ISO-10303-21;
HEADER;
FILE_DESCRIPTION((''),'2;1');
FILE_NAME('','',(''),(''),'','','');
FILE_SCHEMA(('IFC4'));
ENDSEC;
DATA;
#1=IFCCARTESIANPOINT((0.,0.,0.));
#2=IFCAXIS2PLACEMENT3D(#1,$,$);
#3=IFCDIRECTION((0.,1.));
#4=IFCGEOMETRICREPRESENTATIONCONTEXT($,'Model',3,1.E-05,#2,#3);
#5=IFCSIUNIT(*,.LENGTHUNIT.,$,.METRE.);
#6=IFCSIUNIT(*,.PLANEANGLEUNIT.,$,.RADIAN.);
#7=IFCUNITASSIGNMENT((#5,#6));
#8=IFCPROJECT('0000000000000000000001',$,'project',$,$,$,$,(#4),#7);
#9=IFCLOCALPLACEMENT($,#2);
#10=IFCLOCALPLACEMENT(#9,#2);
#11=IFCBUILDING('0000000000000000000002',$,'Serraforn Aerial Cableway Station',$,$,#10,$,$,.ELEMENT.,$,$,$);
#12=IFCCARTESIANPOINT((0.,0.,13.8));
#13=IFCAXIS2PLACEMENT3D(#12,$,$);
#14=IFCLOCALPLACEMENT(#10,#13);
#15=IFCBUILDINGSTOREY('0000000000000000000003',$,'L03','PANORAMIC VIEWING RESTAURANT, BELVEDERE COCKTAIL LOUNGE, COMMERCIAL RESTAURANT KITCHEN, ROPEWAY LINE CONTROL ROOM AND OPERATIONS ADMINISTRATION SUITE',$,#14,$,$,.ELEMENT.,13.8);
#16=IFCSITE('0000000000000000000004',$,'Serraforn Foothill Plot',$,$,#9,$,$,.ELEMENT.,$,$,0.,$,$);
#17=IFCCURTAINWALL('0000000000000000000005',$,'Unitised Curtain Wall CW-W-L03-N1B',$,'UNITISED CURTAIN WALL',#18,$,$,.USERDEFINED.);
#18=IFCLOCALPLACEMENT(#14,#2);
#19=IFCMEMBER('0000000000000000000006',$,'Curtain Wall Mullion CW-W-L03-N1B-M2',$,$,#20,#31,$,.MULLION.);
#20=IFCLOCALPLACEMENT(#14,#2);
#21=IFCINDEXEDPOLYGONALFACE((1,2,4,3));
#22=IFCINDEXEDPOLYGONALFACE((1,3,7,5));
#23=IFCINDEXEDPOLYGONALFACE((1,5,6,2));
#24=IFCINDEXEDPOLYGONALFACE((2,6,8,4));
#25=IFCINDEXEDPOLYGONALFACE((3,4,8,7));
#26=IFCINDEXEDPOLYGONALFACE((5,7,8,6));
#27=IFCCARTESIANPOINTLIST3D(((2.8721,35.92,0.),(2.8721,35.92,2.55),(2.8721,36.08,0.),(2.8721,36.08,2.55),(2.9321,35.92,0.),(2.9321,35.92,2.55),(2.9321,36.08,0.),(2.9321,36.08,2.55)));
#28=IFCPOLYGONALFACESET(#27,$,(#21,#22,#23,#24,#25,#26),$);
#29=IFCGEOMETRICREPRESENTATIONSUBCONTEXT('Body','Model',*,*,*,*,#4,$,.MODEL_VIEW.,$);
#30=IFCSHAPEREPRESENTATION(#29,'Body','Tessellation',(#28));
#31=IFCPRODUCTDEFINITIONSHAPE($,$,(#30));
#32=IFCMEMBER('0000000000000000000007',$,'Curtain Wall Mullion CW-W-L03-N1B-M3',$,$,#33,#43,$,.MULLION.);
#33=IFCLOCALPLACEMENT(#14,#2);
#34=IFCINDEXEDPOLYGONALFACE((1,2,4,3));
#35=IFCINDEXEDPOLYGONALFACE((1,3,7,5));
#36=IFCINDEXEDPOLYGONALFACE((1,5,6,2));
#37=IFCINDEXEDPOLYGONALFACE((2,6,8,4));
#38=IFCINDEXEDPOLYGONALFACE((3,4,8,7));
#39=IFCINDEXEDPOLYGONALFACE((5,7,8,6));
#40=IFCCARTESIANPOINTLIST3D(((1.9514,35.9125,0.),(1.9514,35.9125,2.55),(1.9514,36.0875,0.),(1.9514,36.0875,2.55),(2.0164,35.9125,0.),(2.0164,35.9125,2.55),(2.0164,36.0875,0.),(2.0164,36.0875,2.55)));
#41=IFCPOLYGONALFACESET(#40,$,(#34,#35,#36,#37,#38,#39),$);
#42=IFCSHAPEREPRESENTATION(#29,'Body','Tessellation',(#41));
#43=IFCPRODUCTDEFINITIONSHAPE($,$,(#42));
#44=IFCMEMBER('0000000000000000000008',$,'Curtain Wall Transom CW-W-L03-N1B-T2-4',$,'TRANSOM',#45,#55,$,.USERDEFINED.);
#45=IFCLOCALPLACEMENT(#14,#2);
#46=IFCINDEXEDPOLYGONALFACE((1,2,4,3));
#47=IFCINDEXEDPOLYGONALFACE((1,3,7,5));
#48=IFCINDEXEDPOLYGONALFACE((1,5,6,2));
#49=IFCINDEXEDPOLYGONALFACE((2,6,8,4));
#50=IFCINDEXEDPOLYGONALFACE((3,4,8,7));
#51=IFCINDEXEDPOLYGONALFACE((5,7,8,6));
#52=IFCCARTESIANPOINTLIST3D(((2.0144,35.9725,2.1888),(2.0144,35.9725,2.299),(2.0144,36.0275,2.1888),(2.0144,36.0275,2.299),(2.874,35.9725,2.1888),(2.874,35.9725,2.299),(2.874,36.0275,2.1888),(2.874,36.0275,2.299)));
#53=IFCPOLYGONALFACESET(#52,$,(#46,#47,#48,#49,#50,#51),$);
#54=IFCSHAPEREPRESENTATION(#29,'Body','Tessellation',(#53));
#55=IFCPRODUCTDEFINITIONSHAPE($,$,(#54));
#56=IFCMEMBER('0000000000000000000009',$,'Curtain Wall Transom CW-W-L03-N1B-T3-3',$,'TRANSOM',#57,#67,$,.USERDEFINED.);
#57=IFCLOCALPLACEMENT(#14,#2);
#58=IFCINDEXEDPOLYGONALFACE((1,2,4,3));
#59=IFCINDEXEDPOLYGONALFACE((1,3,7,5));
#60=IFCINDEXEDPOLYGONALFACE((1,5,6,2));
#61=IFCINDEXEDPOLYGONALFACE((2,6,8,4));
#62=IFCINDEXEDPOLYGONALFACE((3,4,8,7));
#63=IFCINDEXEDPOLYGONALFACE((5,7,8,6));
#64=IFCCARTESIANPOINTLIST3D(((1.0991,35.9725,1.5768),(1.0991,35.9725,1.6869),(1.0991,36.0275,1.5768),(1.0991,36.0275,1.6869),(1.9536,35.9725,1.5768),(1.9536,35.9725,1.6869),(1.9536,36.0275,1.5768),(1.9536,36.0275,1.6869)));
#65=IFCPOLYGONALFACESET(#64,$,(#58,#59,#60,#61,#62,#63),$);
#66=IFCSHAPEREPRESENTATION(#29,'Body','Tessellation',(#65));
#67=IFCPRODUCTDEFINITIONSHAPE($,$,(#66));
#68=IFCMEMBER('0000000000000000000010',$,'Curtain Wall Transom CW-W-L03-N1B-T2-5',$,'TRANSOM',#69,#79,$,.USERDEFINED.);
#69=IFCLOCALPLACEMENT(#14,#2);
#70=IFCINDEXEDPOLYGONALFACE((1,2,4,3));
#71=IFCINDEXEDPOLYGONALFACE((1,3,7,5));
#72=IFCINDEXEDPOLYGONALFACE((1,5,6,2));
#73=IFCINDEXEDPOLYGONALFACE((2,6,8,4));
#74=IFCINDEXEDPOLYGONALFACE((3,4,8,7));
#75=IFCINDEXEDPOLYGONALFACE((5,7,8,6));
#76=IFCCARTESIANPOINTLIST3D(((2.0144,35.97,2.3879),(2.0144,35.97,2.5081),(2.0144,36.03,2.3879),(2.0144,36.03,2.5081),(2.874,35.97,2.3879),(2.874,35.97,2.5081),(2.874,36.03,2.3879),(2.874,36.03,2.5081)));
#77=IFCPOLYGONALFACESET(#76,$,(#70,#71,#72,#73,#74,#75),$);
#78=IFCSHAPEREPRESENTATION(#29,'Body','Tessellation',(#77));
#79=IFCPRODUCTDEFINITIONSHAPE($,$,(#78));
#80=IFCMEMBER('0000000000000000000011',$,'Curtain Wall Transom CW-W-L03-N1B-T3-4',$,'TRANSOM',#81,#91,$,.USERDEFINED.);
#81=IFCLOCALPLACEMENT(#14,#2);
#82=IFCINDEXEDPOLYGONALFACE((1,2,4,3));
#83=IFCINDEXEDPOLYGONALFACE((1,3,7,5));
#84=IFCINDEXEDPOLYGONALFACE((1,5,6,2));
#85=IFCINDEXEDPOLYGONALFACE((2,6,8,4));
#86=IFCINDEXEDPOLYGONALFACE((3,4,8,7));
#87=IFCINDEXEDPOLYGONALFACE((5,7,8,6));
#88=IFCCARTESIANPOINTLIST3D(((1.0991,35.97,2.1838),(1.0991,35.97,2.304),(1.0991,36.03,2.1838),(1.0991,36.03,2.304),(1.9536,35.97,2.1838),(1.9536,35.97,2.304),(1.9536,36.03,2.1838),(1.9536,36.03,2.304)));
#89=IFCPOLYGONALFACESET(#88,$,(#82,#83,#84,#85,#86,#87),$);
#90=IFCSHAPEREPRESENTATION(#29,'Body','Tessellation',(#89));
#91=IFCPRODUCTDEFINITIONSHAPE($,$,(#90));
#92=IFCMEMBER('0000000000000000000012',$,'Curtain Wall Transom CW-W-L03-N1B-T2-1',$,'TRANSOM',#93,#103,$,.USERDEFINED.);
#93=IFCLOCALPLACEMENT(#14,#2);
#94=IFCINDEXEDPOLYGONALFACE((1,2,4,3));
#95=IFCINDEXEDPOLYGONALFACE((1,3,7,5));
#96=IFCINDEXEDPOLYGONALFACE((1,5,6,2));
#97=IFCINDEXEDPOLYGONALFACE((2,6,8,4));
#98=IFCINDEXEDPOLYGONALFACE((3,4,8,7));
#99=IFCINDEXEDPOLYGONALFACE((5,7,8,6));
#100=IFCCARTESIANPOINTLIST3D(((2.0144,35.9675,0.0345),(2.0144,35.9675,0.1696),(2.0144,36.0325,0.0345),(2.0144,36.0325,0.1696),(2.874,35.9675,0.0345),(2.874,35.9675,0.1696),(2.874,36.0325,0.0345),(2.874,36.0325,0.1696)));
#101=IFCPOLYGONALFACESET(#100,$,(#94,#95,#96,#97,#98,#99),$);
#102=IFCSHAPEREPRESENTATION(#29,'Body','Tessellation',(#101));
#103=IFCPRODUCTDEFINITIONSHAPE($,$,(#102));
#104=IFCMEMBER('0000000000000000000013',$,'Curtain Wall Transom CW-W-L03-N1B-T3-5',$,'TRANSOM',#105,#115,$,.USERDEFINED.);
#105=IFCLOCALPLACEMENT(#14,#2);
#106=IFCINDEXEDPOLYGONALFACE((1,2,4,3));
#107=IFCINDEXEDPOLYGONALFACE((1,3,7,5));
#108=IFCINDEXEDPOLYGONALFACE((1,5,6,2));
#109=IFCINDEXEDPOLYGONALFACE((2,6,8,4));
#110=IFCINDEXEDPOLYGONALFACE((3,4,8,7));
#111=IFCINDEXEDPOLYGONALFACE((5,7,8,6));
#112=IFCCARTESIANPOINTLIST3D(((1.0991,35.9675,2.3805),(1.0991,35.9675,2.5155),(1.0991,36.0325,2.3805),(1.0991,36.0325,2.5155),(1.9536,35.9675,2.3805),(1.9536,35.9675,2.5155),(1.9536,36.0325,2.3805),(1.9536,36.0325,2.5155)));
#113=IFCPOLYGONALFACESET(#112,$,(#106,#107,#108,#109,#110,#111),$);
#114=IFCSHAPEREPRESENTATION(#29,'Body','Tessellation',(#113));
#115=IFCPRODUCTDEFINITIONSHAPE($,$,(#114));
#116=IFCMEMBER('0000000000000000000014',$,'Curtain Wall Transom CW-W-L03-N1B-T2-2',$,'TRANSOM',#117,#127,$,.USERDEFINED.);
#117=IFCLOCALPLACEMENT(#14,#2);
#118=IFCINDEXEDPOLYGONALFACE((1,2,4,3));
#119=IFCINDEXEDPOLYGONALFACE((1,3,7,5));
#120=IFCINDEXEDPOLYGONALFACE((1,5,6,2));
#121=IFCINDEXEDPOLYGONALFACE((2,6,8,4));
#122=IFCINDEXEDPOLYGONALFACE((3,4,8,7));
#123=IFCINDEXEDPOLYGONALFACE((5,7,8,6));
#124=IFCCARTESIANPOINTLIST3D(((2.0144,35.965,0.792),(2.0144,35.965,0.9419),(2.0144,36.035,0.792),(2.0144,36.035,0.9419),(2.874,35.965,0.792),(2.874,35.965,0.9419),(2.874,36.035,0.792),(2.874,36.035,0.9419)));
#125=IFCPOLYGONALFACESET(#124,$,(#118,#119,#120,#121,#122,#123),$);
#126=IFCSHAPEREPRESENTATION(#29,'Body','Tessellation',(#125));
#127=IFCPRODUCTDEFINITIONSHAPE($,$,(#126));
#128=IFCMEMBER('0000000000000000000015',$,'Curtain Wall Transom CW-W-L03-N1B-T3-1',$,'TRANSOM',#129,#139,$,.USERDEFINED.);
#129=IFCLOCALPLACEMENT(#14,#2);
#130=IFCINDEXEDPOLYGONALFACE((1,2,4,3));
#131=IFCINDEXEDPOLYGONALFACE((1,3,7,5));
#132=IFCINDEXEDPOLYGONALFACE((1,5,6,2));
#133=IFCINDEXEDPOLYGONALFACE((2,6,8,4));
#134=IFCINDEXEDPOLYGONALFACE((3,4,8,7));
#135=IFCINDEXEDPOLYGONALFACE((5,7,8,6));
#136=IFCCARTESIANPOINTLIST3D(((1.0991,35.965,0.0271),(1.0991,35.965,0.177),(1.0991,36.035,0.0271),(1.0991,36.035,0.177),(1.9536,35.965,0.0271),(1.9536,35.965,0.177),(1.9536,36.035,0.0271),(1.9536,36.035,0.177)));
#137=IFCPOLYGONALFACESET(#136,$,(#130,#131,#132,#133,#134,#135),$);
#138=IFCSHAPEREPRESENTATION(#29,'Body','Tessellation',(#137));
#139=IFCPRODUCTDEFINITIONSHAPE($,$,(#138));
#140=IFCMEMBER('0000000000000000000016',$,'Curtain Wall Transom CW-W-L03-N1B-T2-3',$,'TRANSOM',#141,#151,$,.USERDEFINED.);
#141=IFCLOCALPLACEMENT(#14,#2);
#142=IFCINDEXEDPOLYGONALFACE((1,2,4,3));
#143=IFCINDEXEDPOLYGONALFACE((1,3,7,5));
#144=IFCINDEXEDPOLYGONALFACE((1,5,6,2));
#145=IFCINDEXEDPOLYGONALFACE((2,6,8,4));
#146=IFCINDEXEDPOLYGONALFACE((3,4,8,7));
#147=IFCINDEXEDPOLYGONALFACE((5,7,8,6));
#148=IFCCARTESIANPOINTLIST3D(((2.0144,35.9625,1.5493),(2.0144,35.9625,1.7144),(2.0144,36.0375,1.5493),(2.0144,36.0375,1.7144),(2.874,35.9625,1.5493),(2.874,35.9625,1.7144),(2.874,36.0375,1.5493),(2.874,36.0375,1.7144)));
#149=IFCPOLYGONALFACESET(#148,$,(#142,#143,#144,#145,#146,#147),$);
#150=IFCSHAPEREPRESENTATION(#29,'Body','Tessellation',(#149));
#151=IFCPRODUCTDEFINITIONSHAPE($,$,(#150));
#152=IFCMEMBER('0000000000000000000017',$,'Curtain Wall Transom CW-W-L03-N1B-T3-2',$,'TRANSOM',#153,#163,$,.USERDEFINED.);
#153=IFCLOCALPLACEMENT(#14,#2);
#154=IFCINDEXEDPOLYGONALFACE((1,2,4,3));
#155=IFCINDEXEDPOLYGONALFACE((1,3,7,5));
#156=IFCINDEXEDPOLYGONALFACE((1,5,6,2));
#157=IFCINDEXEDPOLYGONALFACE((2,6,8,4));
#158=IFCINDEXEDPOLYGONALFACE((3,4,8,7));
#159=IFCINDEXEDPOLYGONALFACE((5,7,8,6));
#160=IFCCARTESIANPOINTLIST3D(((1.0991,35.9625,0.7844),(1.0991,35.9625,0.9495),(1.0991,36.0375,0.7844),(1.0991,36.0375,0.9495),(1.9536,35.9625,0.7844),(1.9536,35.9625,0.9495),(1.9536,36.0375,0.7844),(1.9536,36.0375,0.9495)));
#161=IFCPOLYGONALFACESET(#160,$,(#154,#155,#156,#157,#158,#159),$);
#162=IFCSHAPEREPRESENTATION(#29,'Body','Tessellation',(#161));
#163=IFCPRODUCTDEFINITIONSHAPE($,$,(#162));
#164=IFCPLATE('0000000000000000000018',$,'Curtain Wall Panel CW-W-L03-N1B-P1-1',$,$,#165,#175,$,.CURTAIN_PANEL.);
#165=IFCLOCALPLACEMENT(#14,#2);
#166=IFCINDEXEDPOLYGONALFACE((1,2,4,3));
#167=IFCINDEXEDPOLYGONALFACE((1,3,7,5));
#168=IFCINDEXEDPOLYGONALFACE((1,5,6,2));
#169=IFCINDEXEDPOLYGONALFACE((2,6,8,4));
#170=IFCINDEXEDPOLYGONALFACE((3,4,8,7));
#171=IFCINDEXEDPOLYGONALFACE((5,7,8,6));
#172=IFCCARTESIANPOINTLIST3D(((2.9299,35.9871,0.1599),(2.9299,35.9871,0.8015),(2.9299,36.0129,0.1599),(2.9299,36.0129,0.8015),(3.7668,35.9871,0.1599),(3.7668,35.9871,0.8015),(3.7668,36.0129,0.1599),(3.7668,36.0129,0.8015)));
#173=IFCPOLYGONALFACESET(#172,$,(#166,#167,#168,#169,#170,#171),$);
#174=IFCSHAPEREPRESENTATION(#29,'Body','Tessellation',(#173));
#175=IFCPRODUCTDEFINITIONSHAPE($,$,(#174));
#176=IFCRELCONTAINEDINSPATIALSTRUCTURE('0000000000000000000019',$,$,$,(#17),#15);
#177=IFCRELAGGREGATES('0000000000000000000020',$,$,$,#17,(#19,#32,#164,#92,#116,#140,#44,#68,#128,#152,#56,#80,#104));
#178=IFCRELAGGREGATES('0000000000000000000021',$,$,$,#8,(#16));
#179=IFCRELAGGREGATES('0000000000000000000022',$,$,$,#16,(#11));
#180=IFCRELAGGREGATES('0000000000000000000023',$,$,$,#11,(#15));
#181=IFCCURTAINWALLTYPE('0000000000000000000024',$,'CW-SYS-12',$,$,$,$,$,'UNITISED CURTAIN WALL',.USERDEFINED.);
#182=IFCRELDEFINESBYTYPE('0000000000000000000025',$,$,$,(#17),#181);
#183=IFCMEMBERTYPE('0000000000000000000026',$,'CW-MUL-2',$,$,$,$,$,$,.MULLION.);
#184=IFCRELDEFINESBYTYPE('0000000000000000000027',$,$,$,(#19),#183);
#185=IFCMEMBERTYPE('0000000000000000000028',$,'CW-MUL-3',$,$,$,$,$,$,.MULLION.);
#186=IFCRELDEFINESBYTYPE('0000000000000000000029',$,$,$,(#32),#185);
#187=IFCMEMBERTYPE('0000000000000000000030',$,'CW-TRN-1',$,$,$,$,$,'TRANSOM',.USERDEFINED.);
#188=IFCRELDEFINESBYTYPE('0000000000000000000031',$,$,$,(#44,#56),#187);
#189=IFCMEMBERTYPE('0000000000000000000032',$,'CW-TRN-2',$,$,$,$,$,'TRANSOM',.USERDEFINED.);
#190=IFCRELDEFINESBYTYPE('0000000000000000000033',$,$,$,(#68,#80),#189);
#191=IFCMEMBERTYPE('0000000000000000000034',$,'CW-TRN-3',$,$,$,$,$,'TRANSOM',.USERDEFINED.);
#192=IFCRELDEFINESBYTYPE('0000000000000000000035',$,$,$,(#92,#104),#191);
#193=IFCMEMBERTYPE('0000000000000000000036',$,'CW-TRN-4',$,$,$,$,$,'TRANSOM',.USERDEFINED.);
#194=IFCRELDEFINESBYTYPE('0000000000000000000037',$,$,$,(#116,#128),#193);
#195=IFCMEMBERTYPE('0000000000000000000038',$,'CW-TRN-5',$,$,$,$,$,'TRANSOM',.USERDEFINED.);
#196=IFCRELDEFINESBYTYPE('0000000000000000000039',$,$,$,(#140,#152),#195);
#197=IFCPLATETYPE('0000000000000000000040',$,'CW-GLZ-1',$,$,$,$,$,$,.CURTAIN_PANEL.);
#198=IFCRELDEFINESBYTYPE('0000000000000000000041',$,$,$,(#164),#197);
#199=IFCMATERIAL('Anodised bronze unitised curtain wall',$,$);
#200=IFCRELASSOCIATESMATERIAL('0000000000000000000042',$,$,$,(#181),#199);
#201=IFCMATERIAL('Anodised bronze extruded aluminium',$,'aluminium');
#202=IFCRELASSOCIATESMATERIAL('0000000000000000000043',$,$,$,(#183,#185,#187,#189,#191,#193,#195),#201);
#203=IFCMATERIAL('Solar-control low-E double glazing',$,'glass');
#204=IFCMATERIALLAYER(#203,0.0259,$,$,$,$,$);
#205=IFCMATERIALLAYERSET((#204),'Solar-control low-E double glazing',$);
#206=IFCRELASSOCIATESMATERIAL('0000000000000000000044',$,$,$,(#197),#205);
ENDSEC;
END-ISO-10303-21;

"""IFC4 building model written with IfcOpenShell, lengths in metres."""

from ifc_helpers import new_model, si_unit, direction, frame, origin, origin_2d, place, context, subcontext, project, spatial, rectangle, extrude, material, layer, layer_set, material_profile, profile_set, type_object, element, aggregate, save


model = new_model("IFC4")

# Units and contexts
model_context = context("Model", 3, precision=1e-05, world=origin(), true_north=direction((0.0, 1.0)))
body_context = subcontext(model_context, "Body", "Model", "MODEL_VIEW")
ifc_project = project(units=[si_unit("LENGTHUNIT", "METRE"), si_unit("PLANEANGLEUNIT", "RADIAN")], contexts=[model_context])

# Site, building, storey
site_placement = place(None, origin())
site = spatial("IfcSite", under=ifc_project, at=site_placement, Name="Serraforn Foothill Plot", CompositionType="ELEMENT", RefElevation=0.0)
building_placement = place(site_placement, origin())
building = spatial("IfcBuilding", under=site, at=building_placement, Name="Serraforn Aerial Cableway Station", CompositionType="ELEMENT")
storey_placement = place(building_placement, frame((0.0, 0.0, 13.8)))
storey = spatial("IfcBuildingStorey", under=building, at=storey_placement, Name="L03", Description="PANORAMIC VIEWING RESTAURANT, BELVEDERE COCKTAIL LOUNGE, COMMERCIAL RESTAURANT KITCHEN, ROPEWAY LINE CONTROL ROOM AND OPERATIONS ADMINISTRATION SUITE", CompositionType="ELEMENT", Elevation=13.8)

# Curtain wall, members, plate
ifc_material_1 = material(Name="Anodised bronze unitised curtain wall")
curtain_wall_type = type_object("IfcCurtainWallType", Name="CW-SYS-12", ElementType="UNITISED CURTAIN WALL", PredefinedType="USERDEFINED", material=ifc_material_1)
curtain_wall_placement = place(storey_placement, origin())
curtain_wall = element("IfcCurtainWall", 1, at=curtain_wall_placement, inside=storey, type_object=curtain_wall_type, Name="Unitised Curtain Wall CW-W-L03-N1B", ObjectType="UNITISED CURTAIN WALL", PredefinedType="USERDEFINED")
ifc_material_2 = material(Name="Anodised bronze extruded aluminium", Category="aluminium")
ifc_material_profile_1 = material_profile(ifc_material_2, rectangle(XDim=0.0601, YDim=0.1599, at=origin_2d()), Name="CW MULLION 60x160")
ifc_profile_set_1 = profile_set([ifc_material_profile_1], Name="Anodised bronze extruded aluminium")
member_type_1 = type_object("IfcMemberType", Name="CW-MUL-2", PredefinedType="MULLION", material=ifc_profile_set_1)
member_1_placement = place(storey_placement, frame((2.9021, 36.0, 0.0), z_axis=(0.0, 0.0, 1.0), x_axis=(-1.0, 0.0, 0.0)))
member_1 = element("IfcMember", 2, at=member_1_placement, type_object=member_type_1, Name="Curtain Wall Mullion CW-W-L03-N1B-M2", PredefinedType="MULLION", context=body_context, shape_type="SweptSolid", body=[
    extrude(rectangle(XDim=0.0601, YDim=0.1599, at=origin_2d()), origin(), (0.0, 0.0, 1.0), 2.55),
])
ifc_material_profile_2 = material_profile(ifc_material_2, rectangle(XDim=0.0649, YDim=0.175, at=origin_2d()), Name="CW MULLION 65x175")
ifc_profile_set_2 = profile_set([ifc_material_profile_2], Name="Anodised bronze extruded aluminium")
member_type_2 = type_object("IfcMemberType", Name="CW-MUL-3", PredefinedType="MULLION", material=ifc_profile_set_2)
member_2_placement = place(storey_placement, frame((1.9839, 36.0, 0.0), z_axis=(0.0, 0.0, 1.0), x_axis=(-1.0, 0.0, 0.0)))
member_2 = element("IfcMember", 3, at=member_2_placement, type_object=member_type_2, Name="Curtain Wall Mullion CW-W-L03-N1B-M3", PredefinedType="MULLION", context=body_context, shape_type="SweptSolid", body=[
    extrude(rectangle(XDim=0.0649, YDim=0.175, at=origin_2d()), origin(), (0.0, 0.0, 1.0), 2.55),
])
ifc_material_profile_3 = material_profile(ifc_material_2, rectangle(XDim=0.0549, YDim=0.1101, at=origin_2d()), Name="CW TRANSOM 55x110")
ifc_profile_set_3 = profile_set([ifc_material_profile_3], Name="Anodised bronze extruded aluminium")
member_type_3 = type_object("IfcMemberType", Name="CW-TRN-1", ElementType="TRANSOM", PredefinedType="USERDEFINED", material=ifc_profile_set_3)
member_3_placement = place(storey_placement, frame((2.874, 36.0, 2.2439), z_axis=(-1.0, 0.0, 0.0), x_axis=(0.0, -1.0, 0.0)))
member_3 = element("IfcMember", 4, at=member_3_placement, type_object=member_type_3, Name="Curtain Wall Transom CW-W-L03-N1B-T2-4", ObjectType="TRANSOM", PredefinedType="USERDEFINED", context=body_context, shape_type="SweptSolid", body=[
    extrude(rectangle(XDim=0.0549, YDim=0.1101, at=origin_2d()), origin(), (0.0, 0.0, 1.0), 0.8596),
])
member_4_placement = place(storey_placement, frame((1.9536, 36.0, 1.6318), z_axis=(-1.0, 0.0, 0.0), x_axis=(0.0, -1.0, 0.0)))
member_4 = element("IfcMember", 5, at=member_4_placement, type_object=member_type_3, Name="Curtain Wall Transom CW-W-L03-N1B-T3-3", ObjectType="TRANSOM", PredefinedType="USERDEFINED", context=body_context, shape_type="SweptSolid", body=[
    extrude(rectangle(XDim=0.0549, YDim=0.1101, at=origin_2d()), origin(), (0.0, 0.0, 1.0), 0.8545),
])
ifc_material_profile_4 = material_profile(ifc_material_2, rectangle(XDim=0.0601, YDim=0.1201, at=origin_2d()), Name="CW TRANSOM 60x120")
ifc_profile_set_4 = profile_set([ifc_material_profile_4], Name="Anodised bronze extruded aluminium")
member_type_4 = type_object("IfcMemberType", Name="CW-TRN-2", ElementType="TRANSOM", PredefinedType="USERDEFINED", material=ifc_profile_set_4)
member_5_placement = place(storey_placement, frame((2.874, 36.0, 2.448), z_axis=(-1.0, 0.0, 0.0), x_axis=(0.0, -1.0, 0.0)))
member_5 = element("IfcMember", 6, at=member_5_placement, type_object=member_type_4, Name="Curtain Wall Transom CW-W-L03-N1B-T2-5", ObjectType="TRANSOM", PredefinedType="USERDEFINED", context=body_context, shape_type="SweptSolid", body=[
    extrude(rectangle(XDim=0.0601, YDim=0.1201, at=origin_2d()), origin(), (0.0, 0.0, 1.0), 0.8596),
])
member_6_placement = place(storey_placement, frame((1.9536, 36.0, 2.2439), z_axis=(-1.0, 0.0, 0.0), x_axis=(0.0, -1.0, 0.0)))
member_6 = element("IfcMember", 7, at=member_6_placement, type_object=member_type_4, Name="Curtain Wall Transom CW-W-L03-N1B-T3-4", ObjectType="TRANSOM", PredefinedType="USERDEFINED", context=body_context, shape_type="SweptSolid", body=[
    extrude(rectangle(XDim=0.0601, YDim=0.1201, at=origin_2d()), origin(), (0.0, 0.0, 1.0), 0.8545),
])
ifc_material_profile_5 = material_profile(ifc_material_2, rectangle(XDim=0.0649, YDim=0.135, at=origin_2d()), Name="CW TRANSOM 65x135")
ifc_profile_set_5 = profile_set([ifc_material_profile_5], Name="Anodised bronze extruded aluminium")
member_type_5 = type_object("IfcMemberType", Name="CW-TRN-3", ElementType="TRANSOM", PredefinedType="USERDEFINED", material=ifc_profile_set_5)
member_7_placement = place(storey_placement, frame((2.874, 36.0, 0.1021), z_axis=(-1.0, 0.0, 0.0), x_axis=(0.0, -1.0, 0.0)))
member_7 = element("IfcMember", 8, at=member_7_placement, type_object=member_type_5, Name="Curtain Wall Transom CW-W-L03-N1B-T2-1", ObjectType="TRANSOM", PredefinedType="USERDEFINED", context=body_context, shape_type="SweptSolid", body=[
    extrude(rectangle(XDim=0.0649, YDim=0.135, at=origin_2d()), origin(), (0.0, 0.0, 1.0), 0.8596),
])
member_8_placement = place(storey_placement, frame((1.9536, 36.0, 2.448), z_axis=(-1.0, 0.0, 0.0), x_axis=(0.0, -1.0, 0.0)))
member_8 = element("IfcMember", 9, at=member_8_placement, type_object=member_type_5, Name="Curtain Wall Transom CW-W-L03-N1B-T3-5", ObjectType="TRANSOM", PredefinedType="USERDEFINED", context=body_context, shape_type="SweptSolid", body=[
    extrude(rectangle(XDim=0.0649, YDim=0.135, at=origin_2d()), origin(), (0.0, 0.0, 1.0), 0.8545),
])
ifc_material_profile_6 = material_profile(ifc_material_2, rectangle(XDim=0.0701, YDim=0.1499, at=origin_2d()), Name="CW TRANSOM 70x150")
ifc_profile_set_6 = profile_set([ifc_material_profile_6], Name="Anodised bronze extruded aluminium")
member_type_6 = type_object("IfcMemberType", Name="CW-TRN-4", ElementType="TRANSOM", PredefinedType="USERDEFINED", material=ifc_profile_set_6)
member_9_placement = place(storey_placement, frame((2.874, 36.0, 0.8669), z_axis=(-1.0, 0.0, 0.0), x_axis=(0.0, -1.0, 0.0)))
member_9 = element("IfcMember", 10, at=member_9_placement, type_object=member_type_6, Name="Curtain Wall Transom CW-W-L03-N1B-T2-2", ObjectType="TRANSOM", PredefinedType="USERDEFINED", context=body_context, shape_type="SweptSolid", body=[
    extrude(rectangle(XDim=0.0701, YDim=0.1499, at=origin_2d()), origin(), (0.0, 0.0, 1.0), 0.8596),
])
member_10_placement = place(storey_placement, frame((1.9536, 36.0, 0.1021), z_axis=(-1.0, 0.0, 0.0), x_axis=(0.0, -1.0, 0.0)))
member_10 = element("IfcMember", 11, at=member_10_placement, type_object=member_type_6, Name="Curtain Wall Transom CW-W-L03-N1B-T3-1", ObjectType="TRANSOM", PredefinedType="USERDEFINED", context=body_context, shape_type="SweptSolid", body=[
    extrude(rectangle(XDim=0.0701, YDim=0.1499, at=origin_2d()), origin(), (0.0, 0.0, 1.0), 0.8545),
])
ifc_material_profile_7 = material_profile(ifc_material_2, rectangle(XDim=0.075, YDim=0.165, at=origin_2d()), Name="CW TRANSOM 75x165")
ifc_profile_set_7 = profile_set([ifc_material_profile_7], Name="Anodised bronze extruded aluminium")
member_type_7 = type_object("IfcMemberType", Name="CW-TRN-5", ElementType="TRANSOM", PredefinedType="USERDEFINED", material=ifc_profile_set_7)
member_11_placement = place(storey_placement, frame((2.874, 36.0, 1.6318), z_axis=(-1.0, 0.0, 0.0), x_axis=(0.0, -1.0, 0.0)))
member_11 = element("IfcMember", 12, at=member_11_placement, type_object=member_type_7, Name="Curtain Wall Transom CW-W-L03-N1B-T2-3", ObjectType="TRANSOM", PredefinedType="USERDEFINED", context=body_context, shape_type="SweptSolid", body=[
    extrude(rectangle(XDim=0.075, YDim=0.165, at=origin_2d()), origin(), (0.0, 0.0, 1.0), 0.8596),
])
member_12_placement = place(storey_placement, frame((1.9536, 36.0, 0.8669), z_axis=(-1.0, 0.0, 0.0), x_axis=(0.0, -1.0, 0.0)))
member_12 = element("IfcMember", 13, at=member_12_placement, type_object=member_type_7, Name="Curtain Wall Transom CW-W-L03-N1B-T3-2", ObjectType="TRANSOM", PredefinedType="USERDEFINED", context=body_context, shape_type="SweptSolid", body=[
    extrude(rectangle(XDim=0.075, YDim=0.165, at=origin_2d()), origin(), (0.0, 0.0, 1.0), 0.8545),
])
ifc_material_3 = material(Name="Solar-control low-E double glazing", Category="glass")
ifc_layer_1 = layer(ifc_material_3, 0.0259)
ifc_layer_set_1 = layer_set([ifc_layer_1], Name="Solar-control low-E double glazing")
plate_type_1 = type_object("IfcPlateType", Name="CW-GLZ-1", PredefinedType="CURTAIN_PANEL", material=ifc_layer_set_1)
plate_1_placement = place(storey_placement, frame((3.3484, 36.0, 0.1599), z_axis=(0.0, 0.0, 1.0), x_axis=(1.0, 0.0, 0.0)))
plate_1 = element("IfcPlate", 14, at=plate_1_placement, type_object=plate_type_1, Name="Curtain Wall Panel CW-W-L03-N1B-P1-1", PredefinedType="CURTAIN_PANEL", context=body_context, shape_type="SweptSolid", body=[
    extrude(rectangle(XDim=0.8369, YDim=0.0259, at=origin_2d()), origin(), (0.0, 0.0, 1.0), 0.6416),
])
aggregate(curtain_wall, [member_1, member_2, plate_1, member_7, member_9, member_11, member_3, member_5, member_10, member_12, member_4, member_6, member_8])

save(model, "model.ifc")
